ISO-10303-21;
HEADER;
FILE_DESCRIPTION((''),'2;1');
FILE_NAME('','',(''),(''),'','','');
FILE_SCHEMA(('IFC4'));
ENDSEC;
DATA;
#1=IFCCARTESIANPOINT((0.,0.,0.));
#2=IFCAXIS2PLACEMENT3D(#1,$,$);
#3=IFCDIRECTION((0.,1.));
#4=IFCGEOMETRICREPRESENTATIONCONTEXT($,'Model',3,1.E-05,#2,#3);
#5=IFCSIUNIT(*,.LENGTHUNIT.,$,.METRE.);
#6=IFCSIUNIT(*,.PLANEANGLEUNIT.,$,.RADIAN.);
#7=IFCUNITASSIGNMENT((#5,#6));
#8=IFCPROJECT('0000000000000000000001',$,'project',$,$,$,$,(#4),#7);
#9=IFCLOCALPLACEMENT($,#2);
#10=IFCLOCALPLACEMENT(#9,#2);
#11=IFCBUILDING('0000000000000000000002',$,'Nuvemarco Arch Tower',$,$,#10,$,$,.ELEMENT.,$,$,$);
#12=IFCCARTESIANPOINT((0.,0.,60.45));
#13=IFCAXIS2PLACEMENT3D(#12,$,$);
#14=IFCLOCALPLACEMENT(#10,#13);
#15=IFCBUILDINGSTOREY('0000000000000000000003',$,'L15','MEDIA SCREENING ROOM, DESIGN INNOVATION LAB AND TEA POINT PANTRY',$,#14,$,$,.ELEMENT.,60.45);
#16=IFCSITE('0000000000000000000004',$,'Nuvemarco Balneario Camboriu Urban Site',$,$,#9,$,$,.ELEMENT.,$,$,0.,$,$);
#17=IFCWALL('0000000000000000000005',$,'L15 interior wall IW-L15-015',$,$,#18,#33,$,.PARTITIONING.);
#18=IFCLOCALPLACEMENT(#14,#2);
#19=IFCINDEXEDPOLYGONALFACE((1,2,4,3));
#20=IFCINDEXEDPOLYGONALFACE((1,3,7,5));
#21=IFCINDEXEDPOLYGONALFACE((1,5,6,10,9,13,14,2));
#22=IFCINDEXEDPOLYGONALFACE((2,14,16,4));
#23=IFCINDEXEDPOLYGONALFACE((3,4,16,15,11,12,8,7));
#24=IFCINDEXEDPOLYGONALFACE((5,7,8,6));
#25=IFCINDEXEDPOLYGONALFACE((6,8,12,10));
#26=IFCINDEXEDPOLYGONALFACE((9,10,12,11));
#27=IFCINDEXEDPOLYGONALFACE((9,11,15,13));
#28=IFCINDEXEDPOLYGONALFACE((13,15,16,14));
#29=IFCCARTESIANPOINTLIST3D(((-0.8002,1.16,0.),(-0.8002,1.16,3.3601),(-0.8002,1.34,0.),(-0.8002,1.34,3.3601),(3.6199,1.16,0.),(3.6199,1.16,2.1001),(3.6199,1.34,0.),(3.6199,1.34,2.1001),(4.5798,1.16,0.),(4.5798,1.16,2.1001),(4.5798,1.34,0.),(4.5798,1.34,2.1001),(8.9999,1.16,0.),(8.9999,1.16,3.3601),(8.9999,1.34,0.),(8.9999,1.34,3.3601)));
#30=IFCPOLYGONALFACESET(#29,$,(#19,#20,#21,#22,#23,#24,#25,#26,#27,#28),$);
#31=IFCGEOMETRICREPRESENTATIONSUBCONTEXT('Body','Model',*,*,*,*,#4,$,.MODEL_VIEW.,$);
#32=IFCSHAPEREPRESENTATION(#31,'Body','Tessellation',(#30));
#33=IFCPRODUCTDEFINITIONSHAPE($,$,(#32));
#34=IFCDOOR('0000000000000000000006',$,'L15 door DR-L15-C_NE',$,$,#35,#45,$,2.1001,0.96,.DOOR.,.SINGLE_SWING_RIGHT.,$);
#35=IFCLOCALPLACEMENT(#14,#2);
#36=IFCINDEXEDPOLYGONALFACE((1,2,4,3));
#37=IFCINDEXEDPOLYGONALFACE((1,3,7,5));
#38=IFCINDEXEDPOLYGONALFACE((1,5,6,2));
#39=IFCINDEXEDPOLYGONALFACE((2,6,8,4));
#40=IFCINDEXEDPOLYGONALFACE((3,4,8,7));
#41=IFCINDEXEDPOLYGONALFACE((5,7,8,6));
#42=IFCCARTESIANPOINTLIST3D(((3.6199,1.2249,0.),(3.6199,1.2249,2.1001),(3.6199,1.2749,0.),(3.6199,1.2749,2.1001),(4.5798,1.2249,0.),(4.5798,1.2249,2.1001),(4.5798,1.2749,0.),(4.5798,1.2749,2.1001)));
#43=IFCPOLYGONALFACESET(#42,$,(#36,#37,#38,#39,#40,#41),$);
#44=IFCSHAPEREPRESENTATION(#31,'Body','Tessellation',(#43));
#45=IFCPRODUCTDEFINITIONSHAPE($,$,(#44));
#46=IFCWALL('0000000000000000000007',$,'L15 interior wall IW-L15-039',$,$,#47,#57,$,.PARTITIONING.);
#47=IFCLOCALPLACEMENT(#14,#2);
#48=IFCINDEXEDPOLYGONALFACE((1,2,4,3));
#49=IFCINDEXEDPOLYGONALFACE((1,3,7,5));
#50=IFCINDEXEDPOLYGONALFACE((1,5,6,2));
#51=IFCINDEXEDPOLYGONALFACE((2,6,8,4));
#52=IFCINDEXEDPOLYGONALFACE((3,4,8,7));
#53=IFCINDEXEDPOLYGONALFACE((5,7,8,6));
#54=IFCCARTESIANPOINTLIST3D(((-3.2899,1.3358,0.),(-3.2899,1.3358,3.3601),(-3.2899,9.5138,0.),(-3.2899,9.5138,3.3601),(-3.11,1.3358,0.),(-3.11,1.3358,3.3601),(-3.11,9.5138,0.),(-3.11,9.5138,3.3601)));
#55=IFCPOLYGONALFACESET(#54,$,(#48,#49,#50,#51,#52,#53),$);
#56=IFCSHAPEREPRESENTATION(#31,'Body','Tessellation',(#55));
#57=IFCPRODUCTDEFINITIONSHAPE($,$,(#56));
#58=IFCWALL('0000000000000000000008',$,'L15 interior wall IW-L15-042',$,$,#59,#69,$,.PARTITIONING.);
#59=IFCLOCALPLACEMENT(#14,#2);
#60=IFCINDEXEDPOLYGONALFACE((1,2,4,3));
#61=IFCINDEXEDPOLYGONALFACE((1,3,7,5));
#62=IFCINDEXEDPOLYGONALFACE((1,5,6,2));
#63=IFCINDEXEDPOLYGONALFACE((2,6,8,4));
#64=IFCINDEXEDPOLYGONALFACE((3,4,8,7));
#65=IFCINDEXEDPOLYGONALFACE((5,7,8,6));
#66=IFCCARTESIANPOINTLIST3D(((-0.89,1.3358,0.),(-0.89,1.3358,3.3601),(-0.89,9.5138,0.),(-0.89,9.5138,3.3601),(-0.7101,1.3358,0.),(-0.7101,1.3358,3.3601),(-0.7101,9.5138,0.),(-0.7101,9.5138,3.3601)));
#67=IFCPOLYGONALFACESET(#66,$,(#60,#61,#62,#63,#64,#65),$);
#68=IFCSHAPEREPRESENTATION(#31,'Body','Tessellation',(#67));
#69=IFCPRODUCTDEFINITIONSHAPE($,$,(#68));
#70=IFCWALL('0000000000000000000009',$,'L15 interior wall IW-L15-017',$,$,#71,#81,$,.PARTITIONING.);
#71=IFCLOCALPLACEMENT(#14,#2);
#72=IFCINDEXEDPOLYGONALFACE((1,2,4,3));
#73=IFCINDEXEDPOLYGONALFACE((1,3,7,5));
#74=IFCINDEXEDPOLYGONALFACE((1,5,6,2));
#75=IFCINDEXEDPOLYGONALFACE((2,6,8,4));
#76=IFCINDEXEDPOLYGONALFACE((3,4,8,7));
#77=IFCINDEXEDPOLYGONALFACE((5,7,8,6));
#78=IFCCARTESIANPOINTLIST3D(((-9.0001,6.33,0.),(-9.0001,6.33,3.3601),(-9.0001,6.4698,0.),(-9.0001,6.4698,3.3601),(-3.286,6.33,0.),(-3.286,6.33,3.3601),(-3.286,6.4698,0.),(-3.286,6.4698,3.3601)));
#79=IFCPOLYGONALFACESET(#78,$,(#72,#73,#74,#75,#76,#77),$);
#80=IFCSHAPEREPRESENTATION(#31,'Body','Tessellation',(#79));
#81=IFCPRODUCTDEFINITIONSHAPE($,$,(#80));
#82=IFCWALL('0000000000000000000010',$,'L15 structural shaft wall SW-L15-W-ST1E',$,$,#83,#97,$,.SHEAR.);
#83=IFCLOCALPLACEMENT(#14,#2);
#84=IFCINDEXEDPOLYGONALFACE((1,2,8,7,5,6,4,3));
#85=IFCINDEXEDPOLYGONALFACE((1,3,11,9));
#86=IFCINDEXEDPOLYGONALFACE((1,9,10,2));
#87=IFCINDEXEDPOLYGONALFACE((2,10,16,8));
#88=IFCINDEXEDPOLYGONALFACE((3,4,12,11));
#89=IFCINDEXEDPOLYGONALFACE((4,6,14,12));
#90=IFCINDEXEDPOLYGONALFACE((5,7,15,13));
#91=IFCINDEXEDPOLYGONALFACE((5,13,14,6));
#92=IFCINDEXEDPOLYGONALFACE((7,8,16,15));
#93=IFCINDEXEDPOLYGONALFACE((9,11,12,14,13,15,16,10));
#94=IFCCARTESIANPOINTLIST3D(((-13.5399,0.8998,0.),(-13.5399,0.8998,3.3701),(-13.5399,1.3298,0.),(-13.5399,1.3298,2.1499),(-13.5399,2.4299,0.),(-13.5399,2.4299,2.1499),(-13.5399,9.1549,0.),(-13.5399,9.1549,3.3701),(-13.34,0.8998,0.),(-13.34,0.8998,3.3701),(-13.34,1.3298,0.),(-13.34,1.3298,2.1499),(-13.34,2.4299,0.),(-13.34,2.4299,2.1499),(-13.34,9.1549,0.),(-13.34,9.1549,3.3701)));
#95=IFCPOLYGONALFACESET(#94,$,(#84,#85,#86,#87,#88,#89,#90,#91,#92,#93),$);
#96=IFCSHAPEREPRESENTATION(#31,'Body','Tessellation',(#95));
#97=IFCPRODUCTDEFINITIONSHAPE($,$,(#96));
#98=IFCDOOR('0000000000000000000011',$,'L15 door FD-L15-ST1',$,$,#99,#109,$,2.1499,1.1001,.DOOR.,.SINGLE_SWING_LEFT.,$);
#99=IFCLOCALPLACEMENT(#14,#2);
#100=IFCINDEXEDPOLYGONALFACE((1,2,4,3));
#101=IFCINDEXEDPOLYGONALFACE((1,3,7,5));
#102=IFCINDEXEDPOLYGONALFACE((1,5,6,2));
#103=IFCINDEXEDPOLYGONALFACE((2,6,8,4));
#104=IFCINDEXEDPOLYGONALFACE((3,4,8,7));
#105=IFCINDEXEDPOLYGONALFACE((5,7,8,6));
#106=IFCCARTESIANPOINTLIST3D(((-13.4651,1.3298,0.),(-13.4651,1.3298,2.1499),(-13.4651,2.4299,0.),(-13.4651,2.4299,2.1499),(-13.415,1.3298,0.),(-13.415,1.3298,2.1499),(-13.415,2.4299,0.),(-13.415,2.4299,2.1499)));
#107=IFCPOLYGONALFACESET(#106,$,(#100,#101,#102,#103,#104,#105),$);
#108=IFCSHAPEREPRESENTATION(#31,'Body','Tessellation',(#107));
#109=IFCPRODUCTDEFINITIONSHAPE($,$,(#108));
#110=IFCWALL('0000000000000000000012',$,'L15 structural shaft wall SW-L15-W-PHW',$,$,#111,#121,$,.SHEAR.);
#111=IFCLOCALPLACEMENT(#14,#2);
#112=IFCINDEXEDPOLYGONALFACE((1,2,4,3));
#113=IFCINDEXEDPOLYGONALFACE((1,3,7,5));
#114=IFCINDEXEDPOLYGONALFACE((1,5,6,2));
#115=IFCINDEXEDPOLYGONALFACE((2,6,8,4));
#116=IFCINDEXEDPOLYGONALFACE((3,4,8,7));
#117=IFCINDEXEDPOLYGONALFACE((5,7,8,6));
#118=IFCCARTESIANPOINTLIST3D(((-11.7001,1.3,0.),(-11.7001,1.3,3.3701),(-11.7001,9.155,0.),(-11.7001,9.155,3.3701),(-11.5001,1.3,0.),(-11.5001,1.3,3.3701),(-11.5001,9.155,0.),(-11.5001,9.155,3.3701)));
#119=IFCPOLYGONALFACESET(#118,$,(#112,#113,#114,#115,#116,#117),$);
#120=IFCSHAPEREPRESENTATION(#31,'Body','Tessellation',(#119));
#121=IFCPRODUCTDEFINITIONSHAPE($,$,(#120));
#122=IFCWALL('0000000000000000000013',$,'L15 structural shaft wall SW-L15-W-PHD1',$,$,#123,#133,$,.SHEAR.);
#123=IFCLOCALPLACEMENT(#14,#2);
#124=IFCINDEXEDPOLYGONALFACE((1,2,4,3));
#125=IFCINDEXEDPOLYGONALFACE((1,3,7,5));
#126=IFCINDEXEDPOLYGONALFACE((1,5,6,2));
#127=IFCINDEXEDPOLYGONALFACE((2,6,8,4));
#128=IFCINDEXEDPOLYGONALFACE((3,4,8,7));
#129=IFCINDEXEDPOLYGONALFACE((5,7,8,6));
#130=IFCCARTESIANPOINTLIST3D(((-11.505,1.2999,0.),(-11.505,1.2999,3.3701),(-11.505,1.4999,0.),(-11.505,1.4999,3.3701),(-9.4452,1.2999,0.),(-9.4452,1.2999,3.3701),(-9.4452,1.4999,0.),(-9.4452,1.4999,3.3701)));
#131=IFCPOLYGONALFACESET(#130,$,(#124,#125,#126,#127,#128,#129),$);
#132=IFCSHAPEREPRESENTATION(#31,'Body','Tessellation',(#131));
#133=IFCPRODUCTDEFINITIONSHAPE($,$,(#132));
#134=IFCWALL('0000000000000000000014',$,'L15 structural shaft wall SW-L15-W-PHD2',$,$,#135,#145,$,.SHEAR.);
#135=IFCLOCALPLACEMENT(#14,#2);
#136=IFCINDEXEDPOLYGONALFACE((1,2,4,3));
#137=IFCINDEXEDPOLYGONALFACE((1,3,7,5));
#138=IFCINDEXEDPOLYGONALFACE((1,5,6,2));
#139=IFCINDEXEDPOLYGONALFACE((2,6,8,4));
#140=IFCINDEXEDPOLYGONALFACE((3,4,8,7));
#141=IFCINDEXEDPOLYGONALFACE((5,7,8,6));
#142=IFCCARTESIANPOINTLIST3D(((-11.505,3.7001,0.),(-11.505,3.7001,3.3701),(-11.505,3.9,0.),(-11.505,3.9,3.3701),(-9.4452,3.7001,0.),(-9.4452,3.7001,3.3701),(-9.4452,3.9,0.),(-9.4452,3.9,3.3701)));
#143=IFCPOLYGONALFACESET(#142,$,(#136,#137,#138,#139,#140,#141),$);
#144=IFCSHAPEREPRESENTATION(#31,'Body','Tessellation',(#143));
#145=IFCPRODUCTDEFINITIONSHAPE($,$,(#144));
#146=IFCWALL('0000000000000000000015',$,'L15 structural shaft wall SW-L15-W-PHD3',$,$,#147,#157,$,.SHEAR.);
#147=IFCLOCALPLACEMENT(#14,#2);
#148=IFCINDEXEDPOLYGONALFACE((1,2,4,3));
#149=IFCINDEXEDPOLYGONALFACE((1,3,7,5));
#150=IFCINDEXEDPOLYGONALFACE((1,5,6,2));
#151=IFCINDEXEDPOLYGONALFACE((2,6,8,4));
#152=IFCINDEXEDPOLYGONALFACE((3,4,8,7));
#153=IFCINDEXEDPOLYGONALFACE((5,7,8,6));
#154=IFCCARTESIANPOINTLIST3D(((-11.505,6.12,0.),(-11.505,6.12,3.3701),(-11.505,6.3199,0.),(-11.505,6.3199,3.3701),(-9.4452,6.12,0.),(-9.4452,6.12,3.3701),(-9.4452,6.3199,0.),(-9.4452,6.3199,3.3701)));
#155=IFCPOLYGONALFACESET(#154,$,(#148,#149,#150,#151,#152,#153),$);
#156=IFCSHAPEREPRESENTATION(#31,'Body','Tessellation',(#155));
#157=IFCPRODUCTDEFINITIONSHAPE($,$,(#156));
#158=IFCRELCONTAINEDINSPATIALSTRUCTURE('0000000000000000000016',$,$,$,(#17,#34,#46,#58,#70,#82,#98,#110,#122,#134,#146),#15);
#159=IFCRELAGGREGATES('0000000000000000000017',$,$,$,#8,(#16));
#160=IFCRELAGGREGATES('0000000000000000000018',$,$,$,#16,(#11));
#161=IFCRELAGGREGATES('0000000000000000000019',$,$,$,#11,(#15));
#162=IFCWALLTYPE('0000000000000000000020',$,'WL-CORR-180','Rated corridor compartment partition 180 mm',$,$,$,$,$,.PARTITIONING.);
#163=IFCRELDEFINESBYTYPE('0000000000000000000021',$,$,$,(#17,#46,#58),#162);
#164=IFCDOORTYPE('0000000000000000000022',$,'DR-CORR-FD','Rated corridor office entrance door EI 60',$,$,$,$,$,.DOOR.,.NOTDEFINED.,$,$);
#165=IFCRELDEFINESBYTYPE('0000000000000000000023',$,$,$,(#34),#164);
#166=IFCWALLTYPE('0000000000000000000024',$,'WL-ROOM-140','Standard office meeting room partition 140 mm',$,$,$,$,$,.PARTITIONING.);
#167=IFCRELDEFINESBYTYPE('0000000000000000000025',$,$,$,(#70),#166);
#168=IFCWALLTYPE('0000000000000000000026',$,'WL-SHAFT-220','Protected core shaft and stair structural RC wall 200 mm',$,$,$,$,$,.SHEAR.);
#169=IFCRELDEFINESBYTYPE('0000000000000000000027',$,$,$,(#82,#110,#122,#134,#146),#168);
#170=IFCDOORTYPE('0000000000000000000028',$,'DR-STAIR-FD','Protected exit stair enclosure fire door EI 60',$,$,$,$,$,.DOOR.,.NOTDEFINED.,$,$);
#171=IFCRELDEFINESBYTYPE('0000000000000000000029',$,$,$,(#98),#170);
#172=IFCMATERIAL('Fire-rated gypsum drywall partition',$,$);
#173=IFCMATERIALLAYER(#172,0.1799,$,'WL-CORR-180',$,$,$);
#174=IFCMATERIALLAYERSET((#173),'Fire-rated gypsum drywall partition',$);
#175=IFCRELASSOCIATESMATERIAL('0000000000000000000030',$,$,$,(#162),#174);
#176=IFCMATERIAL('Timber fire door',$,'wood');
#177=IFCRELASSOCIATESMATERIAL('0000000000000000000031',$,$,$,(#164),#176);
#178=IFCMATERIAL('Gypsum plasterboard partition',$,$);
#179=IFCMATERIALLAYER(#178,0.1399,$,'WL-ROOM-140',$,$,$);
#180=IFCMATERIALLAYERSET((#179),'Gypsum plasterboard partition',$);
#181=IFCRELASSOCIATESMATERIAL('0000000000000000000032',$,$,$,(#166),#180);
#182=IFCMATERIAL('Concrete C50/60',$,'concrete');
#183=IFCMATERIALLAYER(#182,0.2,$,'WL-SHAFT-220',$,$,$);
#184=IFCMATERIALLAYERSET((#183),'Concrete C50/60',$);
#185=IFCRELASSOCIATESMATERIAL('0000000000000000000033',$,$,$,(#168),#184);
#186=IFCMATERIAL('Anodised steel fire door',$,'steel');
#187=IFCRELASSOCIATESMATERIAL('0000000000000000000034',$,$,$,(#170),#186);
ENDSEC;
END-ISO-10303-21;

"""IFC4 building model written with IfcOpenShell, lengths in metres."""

from ifc_helpers import new_model, si_unit, direction, frame, frame_2d, origin, place, context, subcontext, project, spatial, rectangle, extrude, source, transform, mapped, material, layer, layer_set, type_object, type_shapes, element, fill, save


model = new_model("IFC4")

# Units and contexts
model_context = context("Model", 3, precision=1e-05, world=origin(), true_north=direction((0.0, 1.0)))
body_context = subcontext(model_context, "Body", "Model", "MODEL_VIEW")
ifc_project = project(units=[si_unit("LENGTHUNIT", "METRE"), si_unit("PLANEANGLEUNIT", "RADIAN")], contexts=[model_context])

# Site, building, storey
site_placement = place(None, origin())
site = spatial("IfcSite", under=ifc_project, at=site_placement, Name="Nuvemarco Balneario Camboriu Urban Site", CompositionType="ELEMENT", RefElevation=0.0)
building_placement = place(site_placement, origin())
building = spatial("IfcBuilding", under=site, at=building_placement, Name="Nuvemarco Arch Tower", CompositionType="ELEMENT")
storey_placement = place(building_placement, frame((0.0, 0.0, 60.45)))
storey = spatial("IfcBuildingStorey", under=building, at=storey_placement, Name="L15", Description="MEDIA SCREENING ROOM, DESIGN INNOVATION LAB AND TEA POINT PANTRY", CompositionType="ELEMENT", Elevation=60.45)

# Wall, opening, door
ifc_material_1 = material(Name="Fire-rated gypsum drywall partition")
ifc_layer_1 = layer(ifc_material_1, 0.1799, Name="WL-CORR-180")
ifc_layer_set_1 = layer_set([ifc_layer_1], Name="Fire-rated gypsum drywall partition")
wall_type_1 = type_object("IfcWallType", Name="WL-CORR-180", Description="Rated corridor compartment partition 180 mm", PredefinedType="PARTITIONING", material=ifc_layer_set_1)
ifc_material_2 = material(Name="Timber fire door", Category="wood")
door_type_1 = type_object("IfcDoorType", Name="DR-CORR-FD", Description="Rated corridor office entrance door EI 60", OperationType="NOTDEFINED", PredefinedType="DOOR", material=ifc_material_2)
shared_shape_1 = source(origin(), body_context, "Body", "SweptSolid", [
    extrude(rectangle(XDim=0.96, YDim=2.1001, at=frame_2d((0.48, 1.05))), frame((0.0, 0.0249, 0.0), z_axis=(0.0, -1.0, 0.0), x_axis=(1.0, 0.0, 0.0)), (0.0, 0.0, 1.0), 0.05),
])
type_shapes(door_type_1, [shared_shape_1])
wall_1_placement = place(storey_placement, frame((-0.8, 1.25, 0.0), z_axis=(0.0, 0.0, 1.0), x_axis=(1.0, 0.0, 0.0)))
wall_1 = element("IfcWall", 1, at=wall_1_placement, inside=storey, type_object=wall_type_1, Name="L15 interior wall IW-L15-015", PredefinedType="PARTITIONING", context=body_context, shape_type="SweptSolid", body=[
    extrude(rectangle(XDim=9.8, YDim=0.1799, at=frame_2d((4.8999, 0.0))), origin(), (0.0, 0.0, 1.0), 3.3601),
])
opening_1_placement = place(wall_1_placement, frame((4.4199, 0.0, 0.0)))
opening_1 = element("IfcOpeningElement", 2, at=opening_1_placement, cuts=wall_1, PredefinedType="OPENING", context=body_context, shape_type="SweptSolid", body=[
    extrude(rectangle(XDim=0.96, YDim=2.1001, at=frame_2d((0.48, 1.05))), frame((0.0, 0.0999, 0.0), z_axis=(0.0, -1.0, 0.0), x_axis=(1.0, 0.0, 0.0)), (0.0, 0.0, 1.0), 0.2),
])
door_1_placement = place(opening_1_placement, origin())
door_1 = element("IfcDoor", 3, at=door_1_placement, inside=storey, type_object=door_type_1, Name="L15 door DR-L15-C_NE", OperationType="SINGLE_SWING_RIGHT", OverallHeight=2.1001, OverallWidth=0.96, PredefinedType="DOOR", context=body_context, shape_type="MappedRepresentation", body=[
    mapped(shared_shape_1, transform((0.0, 0.0, 0.0), scale=1.0)),
])
fill(opening_1, door_1)

# Walls
for number, where, z_axis, x_axis, name in (
    (4, (-3.2, 1.3359, 0.0), (0.0, 0.0, 1.0), (0.0, 1.0, 0.0), "L15 interior wall IW-L15-039"),
    (5, (-0.8, 1.3359, 0.0), (0.0, 0.0, 1.0), (0.0, 1.0, 0.0), "L15 interior wall IW-L15-042"),
):
    element("IfcWall", number, at=place(storey_placement, frame(where, z_axis=z_axis, x_axis=x_axis)), inside=storey, type_object=wall_type_1, Name=name, PredefinedType="PARTITIONING", context=body_context, shape_type="SweptSolid", body=[
        extrude(rectangle(XDim=8.178, YDim=0.1799, at=frame_2d((4.0889, 0.0))), origin(), (0.0, 0.0, 1.0), 3.3601),
    ])
ifc_material_3 = material(Name="Gypsum plasterboard partition")
ifc_layer_2 = layer(ifc_material_3, 0.1399, Name="WL-ROOM-140")
ifc_layer_set_2 = layer_set([ifc_layer_2], Name="Gypsum plasterboard partition")
wall_type_2 = type_object("IfcWallType", Name="WL-ROOM-140", Description="Standard office meeting room partition 140 mm", PredefinedType="PARTITIONING", material=ifc_layer_set_2)
wall_2_placement = place(storey_placement, frame((-9.0, 6.3999, 0.0), z_axis=(0.0, 0.0, 1.0), x_axis=(1.0, 0.0, 0.0)))
element("IfcWall", 6, at=wall_2_placement, inside=storey, type_object=wall_type_2, Name="L15 interior wall IW-L15-017", PredefinedType="PARTITIONING", context=body_context, shape_type="SweptSolid", body=[
    extrude(rectangle(XDim=5.7141, YDim=0.1399, at=frame_2d((2.8569, 0.0))), origin(), (0.0, 0.0, 1.0), 3.3601),
])

# Wall, opening, door
ifc_material_4 = material(Name="Concrete C50/60", Category="concrete")
ifc_layer_3 = layer(ifc_material_4, 0.2, Name="WL-SHAFT-220")
ifc_layer_set_3 = layer_set([ifc_layer_3], Name="Concrete C50/60")
wall_type_3 = type_object("IfcWallType", Name="WL-SHAFT-220", Description="Protected core shaft and stair structural RC wall 200 mm", PredefinedType="SHEAR", material=ifc_layer_set_3)
wall_3_placement = place(storey_placement, frame((-13.4399, 0.8999, 0.0), z_axis=(0.0, 0.0, 1.0), x_axis=(0.0, 1.0, 0.0)))
wall_3 = element("IfcWall", 7, at=wall_3_placement, inside=storey, type_object=wall_type_3, Name="L15 structural shaft wall SW-L15-W-ST1E", PredefinedType="SHEAR", context=body_context, shape_type="SweptSolid", body=[
    extrude(rectangle(XDim=8.2551, YDim=0.2, at=frame_2d((4.1274, 0.0))), origin(), (0.0, 0.0, 1.0), 3.3701),
])
opening_2_placement = place(wall_3_placement, frame((1.53, 0.0, 0.0), z_axis=(0.0, 0.0, 1.0), x_axis=(-1.0, 0.0, 0.0)))
opening_2 = element("IfcOpeningElement", 8, at=opening_2_placement, cuts=wall_3, PredefinedType="OPENING", context=body_context, shape_type="SweptSolid", body=[
    extrude(rectangle(XDim=1.1001, YDim=2.1499, at=frame_2d((0.55, 1.075))), frame((0.0, 0.1099, 0.0), z_axis=(0.0, -1.0, 0.0), x_axis=(1.0, 0.0, 0.0)), (0.0, 0.0, 1.0), 0.22),
])
ifc_material_5 = material(Name="Anodised steel fire door", Category="steel")
door_type_2 = type_object("IfcDoorType", Name="DR-STAIR-FD", Description="Protected exit stair enclosure fire door EI 60", OperationType="NOTDEFINED", PredefinedType="DOOR", material=ifc_material_5)
shared_shape_2 = source(origin(), body_context, "Body", "SweptSolid", [
    extrude(rectangle(XDim=1.1001, YDim=2.1499, at=frame_2d((0.55, 1.075))), frame((0.0, 0.0249, 0.0), z_axis=(0.0, -1.0, 0.0), x_axis=(1.0, 0.0, 0.0)), (0.0, 0.0, 1.0), 0.05),
])
type_shapes(door_type_2, [shared_shape_2])
door_2_placement = place(opening_2_placement, origin())
door_2 = element("IfcDoor", 9, at=door_2_placement, inside=storey, type_object=door_type_2, Name="L15 door FD-L15-ST1", OperationType="SINGLE_SWING_LEFT", OverallHeight=2.1499, OverallWidth=1.1001, PredefinedType="DOOR", context=body_context, shape_type="MappedRepresentation", body=[
    mapped(shared_shape_2, transform((0.0, 0.0, 0.0), scale=1.0)),
])
fill(opening_2, door_2)

# Walls
wall_4_placement = place(storey_placement, frame((-11.6001, 1.3, 0.0), z_axis=(0.0, 0.0, 1.0), x_axis=(0.0, 1.0, 0.0)))
element("IfcWall", 10, at=wall_4_placement, inside=storey, type_object=wall_type_3, Name="L15 structural shaft wall SW-L15-W-PHW", PredefinedType="SHEAR", context=body_context, shape_type="SweptSolid", body=[
    extrude(rectangle(XDim=7.855, YDim=0.2, at=frame_2d((3.9275, 0.0))), origin(), (0.0, 0.0, 1.0), 3.3701),
])
for number, where, z_axis, x_axis, name in (
    (11, (-11.5049, 1.3999, 0.0), (0.0, 0.0, 1.0), (1.0, 0.0, 0.0), "L15 structural shaft wall SW-L15-W-PHD1"),
    (12, (-11.5049, 3.8, 0.0), (0.0, 0.0, 1.0), (1.0, 0.0, 0.0), "L15 structural shaft wall SW-L15-W-PHD2"),
    (13, (-11.5049, 6.22, 0.0), (0.0, 0.0, 1.0), (1.0, 0.0, 0.0), "L15 structural shaft wall SW-L15-W-PHD3"),
):
    element("IfcWall", number, at=place(storey_placement, frame(where, z_axis=z_axis, x_axis=x_axis)), inside=storey, type_object=wall_type_3, Name=name, PredefinedType="SHEAR", context=body_context, shape_type="SweptSolid", body=[
        extrude(rectangle(XDim=2.0598, YDim=0.2, at=frame_2d((1.0298, 0.0))), origin(), (0.0, 0.0, 1.0), 3.3701),
    ])

save(model, "model.ifc")
